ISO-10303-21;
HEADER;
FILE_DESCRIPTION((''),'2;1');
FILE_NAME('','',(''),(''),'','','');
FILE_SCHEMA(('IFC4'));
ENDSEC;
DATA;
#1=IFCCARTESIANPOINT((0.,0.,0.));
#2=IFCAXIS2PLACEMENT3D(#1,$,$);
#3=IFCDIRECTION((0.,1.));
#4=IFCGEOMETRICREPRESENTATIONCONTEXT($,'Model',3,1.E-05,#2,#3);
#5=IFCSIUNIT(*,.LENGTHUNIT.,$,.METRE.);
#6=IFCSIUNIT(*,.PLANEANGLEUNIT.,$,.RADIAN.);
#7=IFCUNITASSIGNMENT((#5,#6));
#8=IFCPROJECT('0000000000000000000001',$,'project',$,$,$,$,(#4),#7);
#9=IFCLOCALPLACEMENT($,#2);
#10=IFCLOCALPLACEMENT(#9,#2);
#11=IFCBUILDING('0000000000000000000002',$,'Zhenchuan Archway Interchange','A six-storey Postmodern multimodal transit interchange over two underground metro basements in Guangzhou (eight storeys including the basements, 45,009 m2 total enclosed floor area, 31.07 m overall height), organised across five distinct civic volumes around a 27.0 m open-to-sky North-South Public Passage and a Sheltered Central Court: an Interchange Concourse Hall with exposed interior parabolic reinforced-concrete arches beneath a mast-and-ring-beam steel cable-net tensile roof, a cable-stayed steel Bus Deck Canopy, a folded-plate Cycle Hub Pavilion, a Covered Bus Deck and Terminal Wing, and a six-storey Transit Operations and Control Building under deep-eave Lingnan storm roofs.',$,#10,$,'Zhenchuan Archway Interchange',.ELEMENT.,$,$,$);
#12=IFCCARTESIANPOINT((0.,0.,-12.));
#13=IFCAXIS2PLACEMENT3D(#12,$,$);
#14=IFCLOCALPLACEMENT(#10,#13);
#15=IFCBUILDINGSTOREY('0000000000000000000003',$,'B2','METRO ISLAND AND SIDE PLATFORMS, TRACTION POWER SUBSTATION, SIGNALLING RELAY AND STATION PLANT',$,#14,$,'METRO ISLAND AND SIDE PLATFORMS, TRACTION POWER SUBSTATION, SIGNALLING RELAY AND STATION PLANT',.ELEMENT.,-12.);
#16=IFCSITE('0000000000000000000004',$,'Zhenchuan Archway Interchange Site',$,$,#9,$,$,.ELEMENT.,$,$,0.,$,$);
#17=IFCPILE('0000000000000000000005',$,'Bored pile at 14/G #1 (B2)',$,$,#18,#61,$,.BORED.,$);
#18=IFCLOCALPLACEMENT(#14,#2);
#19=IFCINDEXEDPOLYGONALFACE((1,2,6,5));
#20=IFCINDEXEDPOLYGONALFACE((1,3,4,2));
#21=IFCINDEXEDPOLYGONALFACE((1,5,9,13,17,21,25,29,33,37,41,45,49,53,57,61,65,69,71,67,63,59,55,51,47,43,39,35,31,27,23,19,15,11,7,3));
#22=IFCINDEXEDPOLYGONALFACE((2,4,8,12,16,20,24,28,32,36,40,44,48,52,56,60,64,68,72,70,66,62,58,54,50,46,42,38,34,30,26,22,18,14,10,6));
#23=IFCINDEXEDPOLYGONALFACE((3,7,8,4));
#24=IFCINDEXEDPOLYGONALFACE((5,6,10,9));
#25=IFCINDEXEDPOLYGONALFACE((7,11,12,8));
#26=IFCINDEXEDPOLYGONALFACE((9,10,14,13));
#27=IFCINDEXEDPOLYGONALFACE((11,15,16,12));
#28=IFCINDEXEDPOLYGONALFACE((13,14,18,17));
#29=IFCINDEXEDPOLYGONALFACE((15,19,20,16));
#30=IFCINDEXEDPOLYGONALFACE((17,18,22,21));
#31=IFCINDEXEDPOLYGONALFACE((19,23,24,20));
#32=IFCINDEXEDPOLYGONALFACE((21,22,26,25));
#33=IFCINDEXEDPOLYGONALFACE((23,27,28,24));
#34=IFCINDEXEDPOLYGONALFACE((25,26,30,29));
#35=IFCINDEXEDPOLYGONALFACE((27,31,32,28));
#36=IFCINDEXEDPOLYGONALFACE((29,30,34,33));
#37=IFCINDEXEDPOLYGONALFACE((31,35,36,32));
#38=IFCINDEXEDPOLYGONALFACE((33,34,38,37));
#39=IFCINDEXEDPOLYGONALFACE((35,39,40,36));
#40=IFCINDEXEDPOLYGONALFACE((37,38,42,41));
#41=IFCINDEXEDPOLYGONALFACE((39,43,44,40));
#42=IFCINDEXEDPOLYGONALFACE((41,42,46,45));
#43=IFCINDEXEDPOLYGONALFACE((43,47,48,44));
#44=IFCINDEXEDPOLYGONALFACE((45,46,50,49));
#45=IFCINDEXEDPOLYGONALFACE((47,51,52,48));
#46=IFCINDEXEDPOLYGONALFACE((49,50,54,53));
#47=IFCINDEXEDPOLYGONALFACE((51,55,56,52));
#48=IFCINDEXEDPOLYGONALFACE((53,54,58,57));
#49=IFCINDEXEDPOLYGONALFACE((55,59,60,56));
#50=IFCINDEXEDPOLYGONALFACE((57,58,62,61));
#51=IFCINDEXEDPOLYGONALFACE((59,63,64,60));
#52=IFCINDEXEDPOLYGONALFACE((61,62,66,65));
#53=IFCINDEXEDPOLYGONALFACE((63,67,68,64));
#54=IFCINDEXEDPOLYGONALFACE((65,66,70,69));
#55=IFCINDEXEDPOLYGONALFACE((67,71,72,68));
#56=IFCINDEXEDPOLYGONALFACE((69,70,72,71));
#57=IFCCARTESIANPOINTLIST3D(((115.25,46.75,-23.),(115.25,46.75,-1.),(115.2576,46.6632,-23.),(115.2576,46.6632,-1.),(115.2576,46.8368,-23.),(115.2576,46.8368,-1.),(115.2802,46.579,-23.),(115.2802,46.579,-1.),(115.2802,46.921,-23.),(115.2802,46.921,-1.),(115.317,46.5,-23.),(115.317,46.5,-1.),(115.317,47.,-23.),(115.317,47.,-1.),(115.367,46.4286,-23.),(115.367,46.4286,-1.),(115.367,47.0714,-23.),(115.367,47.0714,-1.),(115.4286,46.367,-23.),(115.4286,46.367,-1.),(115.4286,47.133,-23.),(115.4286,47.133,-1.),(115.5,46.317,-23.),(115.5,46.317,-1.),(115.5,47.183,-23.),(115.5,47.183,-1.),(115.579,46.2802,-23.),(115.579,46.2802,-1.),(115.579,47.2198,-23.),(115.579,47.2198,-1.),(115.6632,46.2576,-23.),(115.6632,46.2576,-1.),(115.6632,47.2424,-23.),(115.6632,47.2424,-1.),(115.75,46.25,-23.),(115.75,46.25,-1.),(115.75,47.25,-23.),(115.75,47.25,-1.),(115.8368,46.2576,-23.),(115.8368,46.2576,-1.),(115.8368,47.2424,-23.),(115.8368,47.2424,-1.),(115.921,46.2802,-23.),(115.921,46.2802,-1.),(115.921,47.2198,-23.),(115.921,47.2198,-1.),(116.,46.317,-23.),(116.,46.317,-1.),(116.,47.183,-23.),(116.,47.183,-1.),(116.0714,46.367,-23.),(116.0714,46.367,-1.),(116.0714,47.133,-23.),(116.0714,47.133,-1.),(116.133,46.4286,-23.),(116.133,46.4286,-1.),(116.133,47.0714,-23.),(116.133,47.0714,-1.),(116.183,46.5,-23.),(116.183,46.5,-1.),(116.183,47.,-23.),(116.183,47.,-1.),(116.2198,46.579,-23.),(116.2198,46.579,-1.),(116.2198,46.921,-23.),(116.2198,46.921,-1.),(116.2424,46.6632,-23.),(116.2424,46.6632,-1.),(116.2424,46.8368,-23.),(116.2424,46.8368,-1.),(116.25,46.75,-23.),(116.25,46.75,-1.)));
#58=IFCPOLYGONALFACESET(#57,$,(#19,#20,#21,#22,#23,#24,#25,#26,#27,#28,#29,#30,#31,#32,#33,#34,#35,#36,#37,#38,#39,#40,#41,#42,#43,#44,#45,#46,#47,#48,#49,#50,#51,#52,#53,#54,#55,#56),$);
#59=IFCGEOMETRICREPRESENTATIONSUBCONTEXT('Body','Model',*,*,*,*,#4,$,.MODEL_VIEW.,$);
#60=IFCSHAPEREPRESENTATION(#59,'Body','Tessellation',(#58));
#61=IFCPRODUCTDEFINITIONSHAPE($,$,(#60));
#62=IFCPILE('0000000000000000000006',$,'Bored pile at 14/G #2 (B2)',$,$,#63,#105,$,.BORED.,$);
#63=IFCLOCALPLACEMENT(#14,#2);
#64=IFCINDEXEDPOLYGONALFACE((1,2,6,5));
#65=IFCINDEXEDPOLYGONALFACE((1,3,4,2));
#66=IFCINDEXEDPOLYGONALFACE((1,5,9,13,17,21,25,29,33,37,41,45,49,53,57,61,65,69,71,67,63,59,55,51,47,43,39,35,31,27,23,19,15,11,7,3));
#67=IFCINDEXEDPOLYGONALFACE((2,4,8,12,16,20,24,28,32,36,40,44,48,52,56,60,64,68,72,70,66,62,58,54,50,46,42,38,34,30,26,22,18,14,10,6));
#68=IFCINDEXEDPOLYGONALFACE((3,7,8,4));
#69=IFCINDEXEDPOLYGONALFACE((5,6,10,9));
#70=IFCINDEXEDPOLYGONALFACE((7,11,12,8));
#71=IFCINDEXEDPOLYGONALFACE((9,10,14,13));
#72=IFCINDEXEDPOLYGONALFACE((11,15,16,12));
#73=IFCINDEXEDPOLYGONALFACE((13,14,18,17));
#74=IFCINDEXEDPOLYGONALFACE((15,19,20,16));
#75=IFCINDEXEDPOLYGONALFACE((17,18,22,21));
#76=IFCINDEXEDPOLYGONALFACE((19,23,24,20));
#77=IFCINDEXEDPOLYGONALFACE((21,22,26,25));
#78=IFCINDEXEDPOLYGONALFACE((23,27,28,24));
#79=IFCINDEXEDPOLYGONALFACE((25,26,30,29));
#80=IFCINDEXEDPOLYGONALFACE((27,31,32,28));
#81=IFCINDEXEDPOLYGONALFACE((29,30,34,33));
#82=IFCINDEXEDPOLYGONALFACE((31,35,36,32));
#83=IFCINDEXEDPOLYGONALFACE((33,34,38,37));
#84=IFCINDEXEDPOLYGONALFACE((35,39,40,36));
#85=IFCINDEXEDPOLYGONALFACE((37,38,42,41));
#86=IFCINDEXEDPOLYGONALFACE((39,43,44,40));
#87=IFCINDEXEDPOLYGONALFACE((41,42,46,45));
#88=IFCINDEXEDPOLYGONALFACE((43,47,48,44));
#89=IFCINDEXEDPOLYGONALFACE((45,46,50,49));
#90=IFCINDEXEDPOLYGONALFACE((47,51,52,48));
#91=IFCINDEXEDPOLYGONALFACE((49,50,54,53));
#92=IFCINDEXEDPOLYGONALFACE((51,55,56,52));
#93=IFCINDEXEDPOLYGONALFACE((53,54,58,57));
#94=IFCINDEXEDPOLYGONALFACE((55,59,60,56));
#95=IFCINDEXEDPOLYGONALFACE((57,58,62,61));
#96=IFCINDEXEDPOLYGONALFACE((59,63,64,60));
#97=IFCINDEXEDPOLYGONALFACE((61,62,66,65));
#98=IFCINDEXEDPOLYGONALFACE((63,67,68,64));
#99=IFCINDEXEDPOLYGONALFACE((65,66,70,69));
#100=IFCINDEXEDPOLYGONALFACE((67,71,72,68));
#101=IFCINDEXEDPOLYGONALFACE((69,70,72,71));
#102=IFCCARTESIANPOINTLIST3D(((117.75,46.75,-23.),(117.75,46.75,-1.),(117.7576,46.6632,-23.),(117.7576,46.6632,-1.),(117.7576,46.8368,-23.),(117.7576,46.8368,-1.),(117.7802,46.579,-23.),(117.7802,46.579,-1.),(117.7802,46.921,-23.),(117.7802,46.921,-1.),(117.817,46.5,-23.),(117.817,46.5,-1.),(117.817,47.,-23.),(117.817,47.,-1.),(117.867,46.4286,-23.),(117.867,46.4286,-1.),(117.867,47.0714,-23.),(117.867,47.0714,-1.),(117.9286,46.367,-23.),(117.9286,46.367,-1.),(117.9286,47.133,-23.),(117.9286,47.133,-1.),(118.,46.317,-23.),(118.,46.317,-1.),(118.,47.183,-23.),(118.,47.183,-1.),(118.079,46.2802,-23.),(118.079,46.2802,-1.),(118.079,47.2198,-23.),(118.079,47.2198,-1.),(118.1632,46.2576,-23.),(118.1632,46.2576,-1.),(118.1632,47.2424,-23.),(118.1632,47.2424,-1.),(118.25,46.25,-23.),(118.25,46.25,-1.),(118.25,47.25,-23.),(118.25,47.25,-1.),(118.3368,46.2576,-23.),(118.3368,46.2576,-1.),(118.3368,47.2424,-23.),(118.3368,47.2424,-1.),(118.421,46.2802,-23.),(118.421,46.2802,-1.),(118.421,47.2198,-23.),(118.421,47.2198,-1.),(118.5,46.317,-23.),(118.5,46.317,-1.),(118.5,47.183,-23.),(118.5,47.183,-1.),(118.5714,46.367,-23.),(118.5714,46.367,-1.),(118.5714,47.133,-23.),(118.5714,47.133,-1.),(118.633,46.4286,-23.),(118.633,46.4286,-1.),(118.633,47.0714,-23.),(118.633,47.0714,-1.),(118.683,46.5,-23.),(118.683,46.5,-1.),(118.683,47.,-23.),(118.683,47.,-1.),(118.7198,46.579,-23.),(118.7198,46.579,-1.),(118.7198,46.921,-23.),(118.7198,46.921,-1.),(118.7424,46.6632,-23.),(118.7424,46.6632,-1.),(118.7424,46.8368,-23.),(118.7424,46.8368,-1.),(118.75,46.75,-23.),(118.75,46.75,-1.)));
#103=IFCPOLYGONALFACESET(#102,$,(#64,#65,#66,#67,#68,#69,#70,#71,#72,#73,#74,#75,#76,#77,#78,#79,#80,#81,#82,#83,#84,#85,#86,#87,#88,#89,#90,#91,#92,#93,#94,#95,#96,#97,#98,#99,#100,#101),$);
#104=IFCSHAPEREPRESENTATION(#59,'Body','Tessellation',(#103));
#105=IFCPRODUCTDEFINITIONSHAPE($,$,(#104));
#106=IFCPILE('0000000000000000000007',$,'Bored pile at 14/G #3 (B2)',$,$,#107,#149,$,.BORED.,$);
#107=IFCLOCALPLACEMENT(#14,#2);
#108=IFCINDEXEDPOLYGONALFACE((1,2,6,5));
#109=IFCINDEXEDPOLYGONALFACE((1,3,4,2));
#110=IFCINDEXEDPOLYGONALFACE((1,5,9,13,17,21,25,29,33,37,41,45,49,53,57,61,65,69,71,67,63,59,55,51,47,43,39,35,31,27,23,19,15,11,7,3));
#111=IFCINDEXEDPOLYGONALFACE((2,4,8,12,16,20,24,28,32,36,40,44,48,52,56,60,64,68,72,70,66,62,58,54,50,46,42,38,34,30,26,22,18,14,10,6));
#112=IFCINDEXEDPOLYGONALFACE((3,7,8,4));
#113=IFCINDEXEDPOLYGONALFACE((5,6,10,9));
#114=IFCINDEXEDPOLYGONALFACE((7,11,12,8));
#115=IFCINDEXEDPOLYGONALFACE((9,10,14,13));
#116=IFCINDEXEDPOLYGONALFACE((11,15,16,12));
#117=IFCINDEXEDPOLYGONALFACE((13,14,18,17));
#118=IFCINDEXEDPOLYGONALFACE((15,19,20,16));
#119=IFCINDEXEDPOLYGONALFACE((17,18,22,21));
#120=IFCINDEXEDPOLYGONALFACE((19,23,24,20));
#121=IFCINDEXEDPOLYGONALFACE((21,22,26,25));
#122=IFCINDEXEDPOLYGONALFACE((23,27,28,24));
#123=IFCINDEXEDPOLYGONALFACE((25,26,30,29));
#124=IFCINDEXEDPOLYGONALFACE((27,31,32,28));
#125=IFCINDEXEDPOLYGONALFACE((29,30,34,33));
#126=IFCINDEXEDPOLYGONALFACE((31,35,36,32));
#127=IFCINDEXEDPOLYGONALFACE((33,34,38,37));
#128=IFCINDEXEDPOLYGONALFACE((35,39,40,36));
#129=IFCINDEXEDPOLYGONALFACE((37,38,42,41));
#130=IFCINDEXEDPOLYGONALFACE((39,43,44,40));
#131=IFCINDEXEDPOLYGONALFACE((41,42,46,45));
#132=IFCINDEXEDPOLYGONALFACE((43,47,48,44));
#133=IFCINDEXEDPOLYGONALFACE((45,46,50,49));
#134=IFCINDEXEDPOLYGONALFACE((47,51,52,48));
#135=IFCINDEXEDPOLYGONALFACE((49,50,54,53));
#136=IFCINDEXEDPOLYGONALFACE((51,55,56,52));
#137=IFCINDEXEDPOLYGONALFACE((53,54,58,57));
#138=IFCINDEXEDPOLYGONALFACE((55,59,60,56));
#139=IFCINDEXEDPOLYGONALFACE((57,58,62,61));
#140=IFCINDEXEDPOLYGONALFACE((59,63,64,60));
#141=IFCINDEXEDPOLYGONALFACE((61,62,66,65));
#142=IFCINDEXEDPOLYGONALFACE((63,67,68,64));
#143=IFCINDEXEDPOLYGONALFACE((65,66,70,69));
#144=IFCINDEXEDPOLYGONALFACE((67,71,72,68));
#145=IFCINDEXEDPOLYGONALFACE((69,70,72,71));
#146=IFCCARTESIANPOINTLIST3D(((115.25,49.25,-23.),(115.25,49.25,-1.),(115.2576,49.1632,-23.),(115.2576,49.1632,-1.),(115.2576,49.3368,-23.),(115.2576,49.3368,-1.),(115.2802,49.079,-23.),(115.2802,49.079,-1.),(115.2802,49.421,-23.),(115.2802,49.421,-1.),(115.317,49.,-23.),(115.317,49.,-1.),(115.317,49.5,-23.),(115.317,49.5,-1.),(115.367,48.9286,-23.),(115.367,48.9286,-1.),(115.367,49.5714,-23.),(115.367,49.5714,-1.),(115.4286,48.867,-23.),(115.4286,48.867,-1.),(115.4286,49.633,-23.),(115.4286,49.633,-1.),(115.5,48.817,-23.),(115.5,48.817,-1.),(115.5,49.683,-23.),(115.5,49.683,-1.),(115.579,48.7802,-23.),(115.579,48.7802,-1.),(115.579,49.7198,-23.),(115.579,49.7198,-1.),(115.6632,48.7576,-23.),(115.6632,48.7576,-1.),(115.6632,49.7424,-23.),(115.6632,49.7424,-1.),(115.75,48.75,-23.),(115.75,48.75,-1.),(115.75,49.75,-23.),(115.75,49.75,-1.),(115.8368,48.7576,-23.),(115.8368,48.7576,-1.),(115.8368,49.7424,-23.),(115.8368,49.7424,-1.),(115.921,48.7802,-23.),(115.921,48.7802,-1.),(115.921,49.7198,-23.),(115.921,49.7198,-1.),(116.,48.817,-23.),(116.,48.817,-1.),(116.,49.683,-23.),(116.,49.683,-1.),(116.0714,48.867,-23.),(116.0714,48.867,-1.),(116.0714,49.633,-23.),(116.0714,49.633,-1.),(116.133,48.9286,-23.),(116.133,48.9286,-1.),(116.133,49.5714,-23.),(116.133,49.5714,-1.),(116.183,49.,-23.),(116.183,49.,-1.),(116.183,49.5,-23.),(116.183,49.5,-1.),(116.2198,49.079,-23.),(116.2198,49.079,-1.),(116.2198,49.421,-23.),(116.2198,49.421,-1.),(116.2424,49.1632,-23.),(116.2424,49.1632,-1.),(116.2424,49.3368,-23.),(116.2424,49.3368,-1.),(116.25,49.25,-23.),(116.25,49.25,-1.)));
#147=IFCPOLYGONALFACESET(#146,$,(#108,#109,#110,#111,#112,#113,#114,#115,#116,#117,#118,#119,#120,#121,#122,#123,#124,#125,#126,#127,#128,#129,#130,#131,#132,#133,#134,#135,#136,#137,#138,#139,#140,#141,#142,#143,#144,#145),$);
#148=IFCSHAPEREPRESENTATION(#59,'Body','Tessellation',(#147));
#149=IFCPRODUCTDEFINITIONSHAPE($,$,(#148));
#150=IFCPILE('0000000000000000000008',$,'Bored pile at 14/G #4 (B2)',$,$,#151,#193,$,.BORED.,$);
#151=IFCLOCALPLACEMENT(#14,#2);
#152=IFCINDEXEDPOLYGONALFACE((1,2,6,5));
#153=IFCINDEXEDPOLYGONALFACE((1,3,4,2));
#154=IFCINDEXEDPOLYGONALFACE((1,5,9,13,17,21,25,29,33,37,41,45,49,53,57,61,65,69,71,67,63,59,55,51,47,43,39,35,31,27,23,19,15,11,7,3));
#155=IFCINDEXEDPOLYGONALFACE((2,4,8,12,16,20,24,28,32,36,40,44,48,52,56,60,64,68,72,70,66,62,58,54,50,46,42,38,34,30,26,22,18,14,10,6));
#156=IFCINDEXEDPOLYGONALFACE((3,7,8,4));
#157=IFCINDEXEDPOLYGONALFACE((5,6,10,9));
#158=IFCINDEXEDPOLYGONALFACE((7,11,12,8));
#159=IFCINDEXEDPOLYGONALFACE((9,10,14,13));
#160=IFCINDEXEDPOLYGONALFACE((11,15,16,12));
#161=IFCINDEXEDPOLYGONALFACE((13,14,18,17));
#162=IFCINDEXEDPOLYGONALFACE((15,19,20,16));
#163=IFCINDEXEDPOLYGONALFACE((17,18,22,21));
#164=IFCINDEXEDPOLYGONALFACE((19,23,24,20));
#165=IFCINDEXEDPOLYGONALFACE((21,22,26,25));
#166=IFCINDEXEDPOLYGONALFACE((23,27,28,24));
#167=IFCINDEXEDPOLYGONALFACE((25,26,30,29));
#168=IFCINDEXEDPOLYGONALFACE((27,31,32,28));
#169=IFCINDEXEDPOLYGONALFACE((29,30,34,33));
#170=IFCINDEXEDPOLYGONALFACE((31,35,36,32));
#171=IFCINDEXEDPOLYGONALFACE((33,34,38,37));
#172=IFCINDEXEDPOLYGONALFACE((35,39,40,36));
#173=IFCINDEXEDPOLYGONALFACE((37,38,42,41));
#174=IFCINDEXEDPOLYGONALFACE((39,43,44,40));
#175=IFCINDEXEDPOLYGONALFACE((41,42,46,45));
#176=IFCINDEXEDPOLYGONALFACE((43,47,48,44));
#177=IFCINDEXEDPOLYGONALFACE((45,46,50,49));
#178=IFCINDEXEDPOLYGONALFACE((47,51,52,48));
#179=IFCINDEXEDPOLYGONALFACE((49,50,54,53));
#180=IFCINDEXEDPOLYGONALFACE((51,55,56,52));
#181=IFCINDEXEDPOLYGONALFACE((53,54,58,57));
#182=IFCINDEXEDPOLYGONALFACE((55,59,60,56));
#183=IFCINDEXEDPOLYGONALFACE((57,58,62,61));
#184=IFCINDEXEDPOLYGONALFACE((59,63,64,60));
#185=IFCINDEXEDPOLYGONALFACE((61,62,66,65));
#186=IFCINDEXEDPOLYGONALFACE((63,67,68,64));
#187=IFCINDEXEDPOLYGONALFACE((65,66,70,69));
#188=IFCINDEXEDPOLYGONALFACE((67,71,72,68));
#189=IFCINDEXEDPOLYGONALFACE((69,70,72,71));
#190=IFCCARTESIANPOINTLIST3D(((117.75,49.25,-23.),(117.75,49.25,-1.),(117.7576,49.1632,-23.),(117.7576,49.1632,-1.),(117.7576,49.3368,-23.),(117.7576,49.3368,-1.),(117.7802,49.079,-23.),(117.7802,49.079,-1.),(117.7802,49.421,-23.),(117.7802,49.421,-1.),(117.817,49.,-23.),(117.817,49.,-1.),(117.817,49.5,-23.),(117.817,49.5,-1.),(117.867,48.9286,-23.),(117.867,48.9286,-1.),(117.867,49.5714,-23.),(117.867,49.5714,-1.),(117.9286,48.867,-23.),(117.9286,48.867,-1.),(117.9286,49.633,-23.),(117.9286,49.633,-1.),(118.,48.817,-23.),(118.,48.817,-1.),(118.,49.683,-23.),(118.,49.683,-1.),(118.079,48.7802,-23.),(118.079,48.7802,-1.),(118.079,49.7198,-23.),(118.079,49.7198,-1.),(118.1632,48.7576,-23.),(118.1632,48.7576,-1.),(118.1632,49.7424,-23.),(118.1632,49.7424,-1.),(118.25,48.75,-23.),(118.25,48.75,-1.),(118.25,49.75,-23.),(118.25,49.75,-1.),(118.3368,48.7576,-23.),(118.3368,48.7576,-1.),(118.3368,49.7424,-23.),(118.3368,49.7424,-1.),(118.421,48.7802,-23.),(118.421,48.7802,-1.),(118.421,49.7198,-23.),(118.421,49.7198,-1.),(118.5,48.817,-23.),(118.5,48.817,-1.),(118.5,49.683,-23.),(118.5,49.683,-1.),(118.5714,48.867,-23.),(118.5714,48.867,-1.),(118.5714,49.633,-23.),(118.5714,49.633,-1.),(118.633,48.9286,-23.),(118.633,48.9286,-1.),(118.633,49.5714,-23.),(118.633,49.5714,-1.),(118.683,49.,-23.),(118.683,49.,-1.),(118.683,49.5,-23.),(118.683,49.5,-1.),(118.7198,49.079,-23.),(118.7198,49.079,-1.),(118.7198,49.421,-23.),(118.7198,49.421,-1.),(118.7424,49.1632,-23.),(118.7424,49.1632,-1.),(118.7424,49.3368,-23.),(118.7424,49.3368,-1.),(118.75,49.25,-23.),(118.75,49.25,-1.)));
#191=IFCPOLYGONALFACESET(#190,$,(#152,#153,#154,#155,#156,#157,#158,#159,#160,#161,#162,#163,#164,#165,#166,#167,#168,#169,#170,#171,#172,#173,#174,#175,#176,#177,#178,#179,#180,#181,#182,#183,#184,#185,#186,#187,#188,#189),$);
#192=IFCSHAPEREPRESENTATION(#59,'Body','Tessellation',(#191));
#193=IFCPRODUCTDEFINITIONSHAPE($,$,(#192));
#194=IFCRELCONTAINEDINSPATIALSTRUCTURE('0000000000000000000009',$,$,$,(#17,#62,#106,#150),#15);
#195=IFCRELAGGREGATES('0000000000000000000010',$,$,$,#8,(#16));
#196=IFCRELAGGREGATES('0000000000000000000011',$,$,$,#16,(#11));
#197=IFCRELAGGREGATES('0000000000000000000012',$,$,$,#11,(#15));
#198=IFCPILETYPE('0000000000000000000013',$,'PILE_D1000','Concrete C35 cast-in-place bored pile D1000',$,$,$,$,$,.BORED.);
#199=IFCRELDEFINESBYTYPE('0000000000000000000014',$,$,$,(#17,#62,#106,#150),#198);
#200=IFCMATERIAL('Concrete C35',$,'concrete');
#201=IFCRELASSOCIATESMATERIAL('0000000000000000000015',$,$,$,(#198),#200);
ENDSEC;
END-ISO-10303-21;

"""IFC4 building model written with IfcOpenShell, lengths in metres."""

from ifc_helpers import new_model, si_unit, direction, frame, origin, origin_2d, place, context, subcontext, project, spatial, circle, extrude, material, material_profile, profile_set, type_object, element, save


model = new_model("IFC4")

# Units and contexts
model_context = context("Model", 3, precision=1e-05, world=origin(), true_north=direction((0.0, 1.0)))
body_context = subcontext(model_context, "Body", "Model", "MODEL_VIEW")
ifc_project = project(units=[si_unit("LENGTHUNIT", "METRE"), si_unit("PLANEANGLEUNIT", "RADIAN")], contexts=[model_context])

# Site, building, storey
site_placement = place(None, origin())
site = spatial("IfcSite", under=ifc_project, at=site_placement, Name="Zhenchuan Archway Interchange Site", CompositionType="ELEMENT", RefElevation=0.0)
building_placement = place(site_placement, origin())
building = spatial("IfcBuilding", under=site, at=building_placement, Name="Zhenchuan Archway Interchange", Description="A six-storey Postmodern multimodal transit interchange over two underground metro basements in Guangzhou (eight storeys including the basements, 45,009 m2 total enclosed floor area, 31.07 m overall height), organised across five distinct civic volumes around a 27.0 m open-to-sky North-South Public Passage and a Sheltered Central Court: an Interchange Concourse Hall with exposed interior parabolic reinforced-concrete arches beneath a mast-and-ring-beam steel cable-net tensile roof, a cable-stayed steel Bus Deck Canopy, a folded-plate Cycle Hub Pavilion, a Covered Bus Deck and Terminal Wing, and a six-storey Transit Operations and Control Building under deep-eave Lingnan storm roofs.", LongName="Zhenchuan Archway Interchange", CompositionType="ELEMENT")
storey_placement = place(building_placement, frame((0.0, 0.0, -12.0)))
storey = spatial("IfcBuildingStorey", under=building, at=storey_placement, Name="B2", Description="METRO ISLAND AND SIDE PLATFORMS, TRACTION POWER SUBSTATION, SIGNALLING RELAY AND STATION PLANT", LongName="METRO ISLAND AND SIDE PLATFORMS, TRACTION POWER SUBSTATION, SIGNALLING RELAY AND STATION PLANT", CompositionType="ELEMENT", Elevation=-12.0)

# Piles
ifc_material_1 = material(Name="Concrete C35", Category="concrete")
ifc_material_profile_1 = material_profile(ifc_material_1, circle(Radius=0.5, at=origin_2d()), Name="BORED PILE 1000")
ifc_profile_set_1 = profile_set([ifc_material_profile_1], Name="Concrete C35")
pile_type_1 = type_object("IfcPileType", Name="PILE_D1000", Description="Concrete C35 cast-in-place bored pile D1000", PredefinedType="BORED", material=ifc_profile_set_1)
for number, where, z_axis, x_axis, name in (
    (1, (115.75, 46.75, -1.0), (0.0, 0.0, -1.0), (1.0, 0.0, 0.0), "Bored pile at 14/G #1 (B2)"),
    (2, (118.25, 46.75, -1.0), (0.0, 0.0, -1.0), (1.0, 0.0, 0.0), "Bored pile at 14/G #2 (B2)"),
    (3, (115.75, 49.25, -1.0), (0.0, 0.0, -1.0), (1.0, 0.0, 0.0), "Bored pile at 14/G #3 (B2)"),
    (4, (118.25, 49.25, -1.0), (0.0, 0.0, -1.0), (1.0, 0.0, 0.0), "Bored pile at 14/G #4 (B2)"),
):
    element("IfcPile", number, at=place(storey_placement, frame(where, z_axis=z_axis, x_axis=x_axis)), inside=storey, type_object=pile_type_1, Name=name, PredefinedType="BORED", context=body_context, shape_type="SweptSolid", body=[
        extrude(circle(Radius=0.5, at=origin_2d()), origin(), (0.0, 0.0, 1.0), 22.0),
    ])

save(model, "model.ifc")
